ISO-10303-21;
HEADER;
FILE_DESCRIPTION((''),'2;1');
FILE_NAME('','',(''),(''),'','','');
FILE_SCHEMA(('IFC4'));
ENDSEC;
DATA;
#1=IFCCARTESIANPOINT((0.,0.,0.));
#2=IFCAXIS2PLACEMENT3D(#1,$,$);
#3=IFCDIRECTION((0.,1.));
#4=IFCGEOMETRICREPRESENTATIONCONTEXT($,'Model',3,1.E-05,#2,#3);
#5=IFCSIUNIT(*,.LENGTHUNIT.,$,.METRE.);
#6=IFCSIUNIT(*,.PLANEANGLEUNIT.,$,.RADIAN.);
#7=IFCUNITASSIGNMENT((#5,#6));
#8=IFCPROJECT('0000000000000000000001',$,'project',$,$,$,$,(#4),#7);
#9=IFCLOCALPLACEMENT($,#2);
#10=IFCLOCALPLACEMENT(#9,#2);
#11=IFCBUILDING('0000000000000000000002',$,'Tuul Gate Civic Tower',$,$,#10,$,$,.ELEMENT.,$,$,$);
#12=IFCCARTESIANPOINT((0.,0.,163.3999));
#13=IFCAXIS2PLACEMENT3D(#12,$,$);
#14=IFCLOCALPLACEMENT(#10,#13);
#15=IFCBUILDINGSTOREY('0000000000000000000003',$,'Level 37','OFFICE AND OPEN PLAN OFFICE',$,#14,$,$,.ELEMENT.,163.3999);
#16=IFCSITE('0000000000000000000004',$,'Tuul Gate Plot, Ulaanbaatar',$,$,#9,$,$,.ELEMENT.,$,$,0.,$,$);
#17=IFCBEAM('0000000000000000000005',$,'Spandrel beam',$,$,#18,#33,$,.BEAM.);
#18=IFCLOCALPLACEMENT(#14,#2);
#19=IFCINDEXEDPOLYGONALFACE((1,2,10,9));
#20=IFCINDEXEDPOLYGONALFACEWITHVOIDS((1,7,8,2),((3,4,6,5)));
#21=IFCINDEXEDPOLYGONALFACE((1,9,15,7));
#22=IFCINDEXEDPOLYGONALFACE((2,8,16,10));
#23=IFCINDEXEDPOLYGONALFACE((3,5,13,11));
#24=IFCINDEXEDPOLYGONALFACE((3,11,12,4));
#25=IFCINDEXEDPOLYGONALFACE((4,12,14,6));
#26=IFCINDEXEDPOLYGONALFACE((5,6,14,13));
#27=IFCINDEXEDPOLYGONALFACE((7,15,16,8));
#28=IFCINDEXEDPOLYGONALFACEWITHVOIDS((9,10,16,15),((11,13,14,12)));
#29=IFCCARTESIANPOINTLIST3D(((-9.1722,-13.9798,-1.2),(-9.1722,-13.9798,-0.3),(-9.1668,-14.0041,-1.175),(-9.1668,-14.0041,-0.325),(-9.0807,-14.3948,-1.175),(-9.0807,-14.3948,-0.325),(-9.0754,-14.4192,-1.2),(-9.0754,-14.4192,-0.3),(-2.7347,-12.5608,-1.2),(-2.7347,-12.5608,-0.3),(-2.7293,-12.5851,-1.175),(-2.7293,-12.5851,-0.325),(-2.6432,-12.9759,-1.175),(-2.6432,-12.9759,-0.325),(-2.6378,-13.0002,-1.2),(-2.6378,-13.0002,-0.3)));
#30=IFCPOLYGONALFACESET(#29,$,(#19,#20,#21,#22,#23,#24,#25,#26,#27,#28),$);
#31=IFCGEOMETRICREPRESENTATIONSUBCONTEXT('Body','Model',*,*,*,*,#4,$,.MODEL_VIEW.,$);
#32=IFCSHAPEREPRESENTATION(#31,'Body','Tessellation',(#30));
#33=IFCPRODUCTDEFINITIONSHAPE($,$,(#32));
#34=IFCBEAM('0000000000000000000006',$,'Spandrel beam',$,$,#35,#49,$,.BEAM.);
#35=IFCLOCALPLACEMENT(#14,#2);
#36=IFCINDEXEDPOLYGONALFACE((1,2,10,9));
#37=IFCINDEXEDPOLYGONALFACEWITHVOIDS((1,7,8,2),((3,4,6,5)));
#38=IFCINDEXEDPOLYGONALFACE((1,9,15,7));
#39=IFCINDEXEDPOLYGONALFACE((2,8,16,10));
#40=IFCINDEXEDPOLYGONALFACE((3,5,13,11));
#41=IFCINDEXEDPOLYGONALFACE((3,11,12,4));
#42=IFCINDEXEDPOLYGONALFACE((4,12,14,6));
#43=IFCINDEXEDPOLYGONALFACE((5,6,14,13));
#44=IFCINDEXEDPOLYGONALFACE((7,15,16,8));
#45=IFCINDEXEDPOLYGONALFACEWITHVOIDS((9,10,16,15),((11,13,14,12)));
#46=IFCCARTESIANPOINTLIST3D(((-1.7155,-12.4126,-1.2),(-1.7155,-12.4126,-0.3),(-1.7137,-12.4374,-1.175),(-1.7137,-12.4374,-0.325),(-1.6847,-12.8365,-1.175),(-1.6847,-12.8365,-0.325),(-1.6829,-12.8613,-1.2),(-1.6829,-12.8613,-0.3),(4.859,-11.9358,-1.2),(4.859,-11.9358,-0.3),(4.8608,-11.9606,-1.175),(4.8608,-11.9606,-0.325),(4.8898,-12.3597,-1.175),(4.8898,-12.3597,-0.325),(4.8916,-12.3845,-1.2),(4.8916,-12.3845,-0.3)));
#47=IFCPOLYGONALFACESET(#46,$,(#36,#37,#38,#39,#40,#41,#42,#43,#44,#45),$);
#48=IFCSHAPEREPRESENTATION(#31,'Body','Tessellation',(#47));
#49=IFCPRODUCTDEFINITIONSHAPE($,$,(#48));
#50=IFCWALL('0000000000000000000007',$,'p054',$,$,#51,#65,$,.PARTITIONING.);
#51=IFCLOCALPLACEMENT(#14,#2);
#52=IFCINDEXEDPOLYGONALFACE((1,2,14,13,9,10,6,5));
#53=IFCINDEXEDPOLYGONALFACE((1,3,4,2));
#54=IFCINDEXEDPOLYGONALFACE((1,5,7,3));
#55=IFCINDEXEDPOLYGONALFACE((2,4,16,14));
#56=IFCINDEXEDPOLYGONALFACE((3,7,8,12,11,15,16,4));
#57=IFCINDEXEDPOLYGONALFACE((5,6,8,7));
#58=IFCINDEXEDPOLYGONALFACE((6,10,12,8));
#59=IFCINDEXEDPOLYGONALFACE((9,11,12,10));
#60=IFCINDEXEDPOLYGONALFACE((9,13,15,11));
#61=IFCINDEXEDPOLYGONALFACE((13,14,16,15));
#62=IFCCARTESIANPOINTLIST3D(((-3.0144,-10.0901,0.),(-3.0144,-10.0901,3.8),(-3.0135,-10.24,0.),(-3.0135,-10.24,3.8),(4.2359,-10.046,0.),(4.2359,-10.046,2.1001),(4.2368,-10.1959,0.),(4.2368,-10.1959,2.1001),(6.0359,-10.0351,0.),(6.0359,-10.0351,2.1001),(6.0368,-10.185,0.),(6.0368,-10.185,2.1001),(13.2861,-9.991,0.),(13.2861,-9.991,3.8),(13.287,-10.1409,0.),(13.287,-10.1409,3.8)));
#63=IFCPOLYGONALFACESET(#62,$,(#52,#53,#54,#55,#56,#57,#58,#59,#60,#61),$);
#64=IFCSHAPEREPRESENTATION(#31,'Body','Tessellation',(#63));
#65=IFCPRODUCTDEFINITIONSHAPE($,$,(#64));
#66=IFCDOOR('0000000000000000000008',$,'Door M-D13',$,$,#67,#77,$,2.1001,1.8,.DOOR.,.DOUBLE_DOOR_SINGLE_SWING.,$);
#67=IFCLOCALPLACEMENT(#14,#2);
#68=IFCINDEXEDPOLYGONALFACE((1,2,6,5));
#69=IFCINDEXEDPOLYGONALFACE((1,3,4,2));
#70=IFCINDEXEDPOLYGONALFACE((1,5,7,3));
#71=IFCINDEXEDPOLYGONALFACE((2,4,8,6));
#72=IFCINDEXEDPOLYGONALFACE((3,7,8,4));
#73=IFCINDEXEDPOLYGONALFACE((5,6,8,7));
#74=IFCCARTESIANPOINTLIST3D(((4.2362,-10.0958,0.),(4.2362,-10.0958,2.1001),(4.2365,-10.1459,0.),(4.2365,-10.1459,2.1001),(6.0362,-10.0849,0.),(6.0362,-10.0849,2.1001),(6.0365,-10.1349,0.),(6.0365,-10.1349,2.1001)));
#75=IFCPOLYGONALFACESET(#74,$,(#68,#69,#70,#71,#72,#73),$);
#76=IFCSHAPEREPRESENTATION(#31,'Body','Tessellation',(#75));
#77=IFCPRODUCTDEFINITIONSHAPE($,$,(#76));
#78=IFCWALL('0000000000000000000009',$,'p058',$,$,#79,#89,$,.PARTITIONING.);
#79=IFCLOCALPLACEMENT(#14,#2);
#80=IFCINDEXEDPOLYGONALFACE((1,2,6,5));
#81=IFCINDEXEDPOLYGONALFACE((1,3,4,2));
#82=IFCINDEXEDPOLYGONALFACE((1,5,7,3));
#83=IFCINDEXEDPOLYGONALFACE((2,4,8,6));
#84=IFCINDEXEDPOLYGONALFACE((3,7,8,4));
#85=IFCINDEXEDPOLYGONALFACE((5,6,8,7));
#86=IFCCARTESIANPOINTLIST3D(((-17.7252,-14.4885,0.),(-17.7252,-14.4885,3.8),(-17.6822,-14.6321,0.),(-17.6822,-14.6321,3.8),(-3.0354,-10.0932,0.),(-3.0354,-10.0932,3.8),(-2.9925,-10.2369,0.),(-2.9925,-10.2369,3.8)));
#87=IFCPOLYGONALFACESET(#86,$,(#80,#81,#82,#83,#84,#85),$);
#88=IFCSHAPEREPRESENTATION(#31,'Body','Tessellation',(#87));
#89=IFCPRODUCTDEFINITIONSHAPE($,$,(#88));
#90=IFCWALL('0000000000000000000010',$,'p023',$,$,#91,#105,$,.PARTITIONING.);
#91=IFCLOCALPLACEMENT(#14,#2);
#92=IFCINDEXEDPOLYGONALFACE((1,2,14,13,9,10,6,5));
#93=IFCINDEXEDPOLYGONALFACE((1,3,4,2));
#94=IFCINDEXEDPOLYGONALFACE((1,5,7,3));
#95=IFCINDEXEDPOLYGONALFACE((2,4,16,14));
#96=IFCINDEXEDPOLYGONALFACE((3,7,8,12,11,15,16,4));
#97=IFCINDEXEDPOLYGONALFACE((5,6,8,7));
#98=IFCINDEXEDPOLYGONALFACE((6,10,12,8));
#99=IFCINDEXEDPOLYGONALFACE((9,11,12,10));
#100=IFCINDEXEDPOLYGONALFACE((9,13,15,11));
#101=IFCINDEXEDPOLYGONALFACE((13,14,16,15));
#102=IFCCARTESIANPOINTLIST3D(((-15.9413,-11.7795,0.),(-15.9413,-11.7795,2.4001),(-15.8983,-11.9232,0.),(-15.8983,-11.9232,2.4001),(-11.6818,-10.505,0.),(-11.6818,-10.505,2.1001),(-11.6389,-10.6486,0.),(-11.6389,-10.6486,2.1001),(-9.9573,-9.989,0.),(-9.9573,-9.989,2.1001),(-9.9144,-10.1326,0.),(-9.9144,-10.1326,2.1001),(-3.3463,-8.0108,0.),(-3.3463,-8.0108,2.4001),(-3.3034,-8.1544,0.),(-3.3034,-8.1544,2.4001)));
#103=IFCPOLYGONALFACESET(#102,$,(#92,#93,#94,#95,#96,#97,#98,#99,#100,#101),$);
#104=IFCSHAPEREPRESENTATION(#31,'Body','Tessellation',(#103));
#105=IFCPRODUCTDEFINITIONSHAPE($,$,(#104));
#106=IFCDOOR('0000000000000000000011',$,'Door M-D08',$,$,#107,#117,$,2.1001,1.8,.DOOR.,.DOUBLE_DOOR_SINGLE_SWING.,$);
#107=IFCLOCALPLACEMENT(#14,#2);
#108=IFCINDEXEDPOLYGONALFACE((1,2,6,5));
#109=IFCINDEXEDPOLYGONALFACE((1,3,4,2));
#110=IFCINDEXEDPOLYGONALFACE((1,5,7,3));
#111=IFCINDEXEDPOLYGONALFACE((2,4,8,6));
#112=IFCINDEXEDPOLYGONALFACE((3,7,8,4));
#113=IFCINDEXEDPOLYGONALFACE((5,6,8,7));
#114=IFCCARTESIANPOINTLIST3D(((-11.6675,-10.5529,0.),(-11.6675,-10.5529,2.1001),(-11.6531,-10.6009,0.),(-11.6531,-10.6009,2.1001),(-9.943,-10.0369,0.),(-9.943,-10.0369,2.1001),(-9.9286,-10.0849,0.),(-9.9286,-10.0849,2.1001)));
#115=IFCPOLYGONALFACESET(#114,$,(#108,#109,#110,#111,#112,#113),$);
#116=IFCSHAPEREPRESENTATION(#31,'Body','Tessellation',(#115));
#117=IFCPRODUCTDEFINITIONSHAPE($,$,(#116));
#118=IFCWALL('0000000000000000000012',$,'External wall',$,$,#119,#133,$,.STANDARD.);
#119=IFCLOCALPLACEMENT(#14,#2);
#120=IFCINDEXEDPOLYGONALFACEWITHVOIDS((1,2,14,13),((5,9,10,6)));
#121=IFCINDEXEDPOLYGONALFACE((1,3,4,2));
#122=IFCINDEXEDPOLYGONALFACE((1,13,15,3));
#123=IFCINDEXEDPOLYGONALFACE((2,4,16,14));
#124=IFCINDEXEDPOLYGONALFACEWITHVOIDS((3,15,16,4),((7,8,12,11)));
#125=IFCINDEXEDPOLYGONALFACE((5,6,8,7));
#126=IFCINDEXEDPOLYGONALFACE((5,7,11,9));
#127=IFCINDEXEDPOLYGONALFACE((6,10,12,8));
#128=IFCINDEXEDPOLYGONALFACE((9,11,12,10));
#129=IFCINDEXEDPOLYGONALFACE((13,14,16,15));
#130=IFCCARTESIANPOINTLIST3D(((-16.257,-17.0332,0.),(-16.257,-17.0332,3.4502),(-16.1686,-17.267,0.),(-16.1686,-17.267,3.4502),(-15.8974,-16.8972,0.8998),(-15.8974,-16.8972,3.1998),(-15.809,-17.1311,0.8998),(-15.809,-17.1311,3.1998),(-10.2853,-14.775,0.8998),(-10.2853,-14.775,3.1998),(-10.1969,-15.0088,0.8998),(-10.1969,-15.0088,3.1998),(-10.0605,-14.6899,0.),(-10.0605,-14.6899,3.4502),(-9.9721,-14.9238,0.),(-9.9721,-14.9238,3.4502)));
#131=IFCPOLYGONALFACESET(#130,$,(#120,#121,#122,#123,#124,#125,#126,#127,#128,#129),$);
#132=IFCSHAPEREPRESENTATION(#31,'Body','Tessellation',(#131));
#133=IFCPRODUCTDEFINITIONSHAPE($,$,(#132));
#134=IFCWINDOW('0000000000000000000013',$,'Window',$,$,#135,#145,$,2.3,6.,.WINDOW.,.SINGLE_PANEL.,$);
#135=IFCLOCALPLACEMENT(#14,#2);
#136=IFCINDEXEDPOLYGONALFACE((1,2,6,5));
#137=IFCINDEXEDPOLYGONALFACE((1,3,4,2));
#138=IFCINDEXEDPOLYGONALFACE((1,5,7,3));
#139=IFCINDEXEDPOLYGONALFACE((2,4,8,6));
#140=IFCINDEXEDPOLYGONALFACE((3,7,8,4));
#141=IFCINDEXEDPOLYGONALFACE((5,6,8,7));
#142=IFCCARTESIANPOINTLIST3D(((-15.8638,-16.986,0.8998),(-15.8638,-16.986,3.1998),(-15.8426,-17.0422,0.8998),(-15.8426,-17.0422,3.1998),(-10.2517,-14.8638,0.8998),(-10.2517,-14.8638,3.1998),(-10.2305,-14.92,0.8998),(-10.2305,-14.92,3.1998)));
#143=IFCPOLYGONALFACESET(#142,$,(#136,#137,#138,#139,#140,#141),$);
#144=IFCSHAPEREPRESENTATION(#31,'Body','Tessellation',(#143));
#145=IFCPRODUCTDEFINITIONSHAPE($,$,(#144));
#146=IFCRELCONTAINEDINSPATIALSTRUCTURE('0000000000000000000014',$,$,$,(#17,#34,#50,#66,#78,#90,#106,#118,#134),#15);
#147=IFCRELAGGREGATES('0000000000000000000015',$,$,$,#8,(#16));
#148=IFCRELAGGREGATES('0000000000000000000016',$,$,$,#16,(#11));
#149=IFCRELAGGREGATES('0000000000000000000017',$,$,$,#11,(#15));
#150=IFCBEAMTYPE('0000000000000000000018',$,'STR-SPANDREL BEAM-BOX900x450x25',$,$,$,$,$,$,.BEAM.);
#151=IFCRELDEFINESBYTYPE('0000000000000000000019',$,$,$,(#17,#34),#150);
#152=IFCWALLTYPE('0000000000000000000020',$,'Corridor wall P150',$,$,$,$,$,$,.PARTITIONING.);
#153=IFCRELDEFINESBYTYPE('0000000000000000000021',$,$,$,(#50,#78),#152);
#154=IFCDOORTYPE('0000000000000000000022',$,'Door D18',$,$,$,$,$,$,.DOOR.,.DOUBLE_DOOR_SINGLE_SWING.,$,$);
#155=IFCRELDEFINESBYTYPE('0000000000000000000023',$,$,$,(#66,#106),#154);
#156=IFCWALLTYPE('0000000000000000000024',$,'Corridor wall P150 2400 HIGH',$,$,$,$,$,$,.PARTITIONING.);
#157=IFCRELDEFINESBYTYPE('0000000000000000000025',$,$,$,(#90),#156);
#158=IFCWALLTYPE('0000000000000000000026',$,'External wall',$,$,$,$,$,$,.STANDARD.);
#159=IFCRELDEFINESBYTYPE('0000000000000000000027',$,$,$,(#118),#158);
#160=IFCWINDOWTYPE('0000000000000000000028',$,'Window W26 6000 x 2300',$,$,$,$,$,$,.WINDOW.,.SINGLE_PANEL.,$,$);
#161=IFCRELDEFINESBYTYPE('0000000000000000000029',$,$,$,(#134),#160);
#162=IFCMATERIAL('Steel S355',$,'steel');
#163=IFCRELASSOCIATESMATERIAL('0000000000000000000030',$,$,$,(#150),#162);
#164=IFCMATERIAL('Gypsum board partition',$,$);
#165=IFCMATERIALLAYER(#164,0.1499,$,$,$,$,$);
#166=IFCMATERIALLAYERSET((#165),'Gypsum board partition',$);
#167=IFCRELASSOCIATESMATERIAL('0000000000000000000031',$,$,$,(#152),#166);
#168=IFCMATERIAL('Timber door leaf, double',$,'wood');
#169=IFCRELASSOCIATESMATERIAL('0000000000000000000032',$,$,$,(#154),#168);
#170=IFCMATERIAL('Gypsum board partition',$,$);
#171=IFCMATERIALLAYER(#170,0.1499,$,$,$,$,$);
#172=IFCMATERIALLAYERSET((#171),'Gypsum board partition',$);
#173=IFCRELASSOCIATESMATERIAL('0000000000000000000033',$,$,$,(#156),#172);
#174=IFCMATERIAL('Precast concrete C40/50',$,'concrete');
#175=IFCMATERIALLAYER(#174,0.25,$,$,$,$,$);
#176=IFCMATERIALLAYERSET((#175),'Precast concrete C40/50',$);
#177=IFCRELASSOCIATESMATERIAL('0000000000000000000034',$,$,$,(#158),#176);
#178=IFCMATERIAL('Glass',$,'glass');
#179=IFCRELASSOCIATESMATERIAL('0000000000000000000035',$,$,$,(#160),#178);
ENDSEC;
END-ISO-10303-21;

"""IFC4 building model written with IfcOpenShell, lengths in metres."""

from ifc_helpers import new_model, si_unit, direction, frame, frame_2d, origin, origin_2d, place, context, subcontext, project, spatial, rectangle, hollow_rectangle, extrude, material, layer, layer_set, material_profile, profile_set, type_object, element, fill, save


model = new_model("IFC4")

# Units and contexts
model_context = context("Model", 3, precision=1e-05, world=origin(), true_north=direction((0.0, 1.0)))
body_context = subcontext(model_context, "Body", "Model", "MODEL_VIEW")
ifc_project = project(units=[si_unit("LENGTHUNIT", "METRE"), si_unit("PLANEANGLEUNIT", "RADIAN")], contexts=[model_context])

# Site, building, storey
site_placement = place(None, origin())
site = spatial("IfcSite", under=ifc_project, at=site_placement, Name="Tuul Gate Plot, Ulaanbaatar", CompositionType="ELEMENT", RefElevation=0.0)
building_placement = place(site_placement, origin())
building = spatial("IfcBuilding", under=site, at=building_placement, Name="Tuul Gate Civic Tower", CompositionType="ELEMENT")
storey_placement = place(building_placement, frame((0.0, 0.0, 163.3999)))
storey = spatial("IfcBuildingStorey", under=building, at=storey_placement, Name="Level 37", Description="OFFICE AND OPEN PLAN OFFICE", CompositionType="ELEMENT", Elevation=163.3999)

# Beams
ifc_material_1 = material(Name="Steel S355", Category="steel")
ifc_material_profile_1 = material_profile(ifc_material_1, hollow_rectangle(XDim=0.45, YDim=0.8999, WallThickness=0.0249, at=origin_2d()), Name="BOX900x450x25")
ifc_profile_set_1 = profile_set([ifc_material_profile_1], Name="Steel S355")
beam_type_1 = type_object("IfcBeamType", Name="STR-SPANDREL BEAM-BOX900x450x25", PredefinedType="BEAM", material=ifc_profile_set_1)
beam_1_placement = place(storey_placement, frame((-9.1238, -14.1995, -0.75), z_axis=(0.976559, 0.215252, 0.0), x_axis=(-0.215252, 0.976559, 0.0)))
element("IfcBeam", 1, at=beam_1_placement, inside=storey, type_object=beam_type_1, Name="Spandrel beam", PredefinedType="BEAM", context=body_context, shape_type="SweptSolid", body=[
    extrude(hollow_rectangle(XDim=0.45, YDim=0.8999, WallThickness=0.0249, at=origin_2d()), origin(), (0.0, 0.0, 1.0), 6.592),
])
beam_2_placement = place(storey_placement, frame((-1.6992, -12.637, -0.75), z_axis=(0.99738, 0.072334, 0.0), x_axis=(-0.072334, 0.99738, 0.0)))
element("IfcBeam", 2, at=beam_2_placement, inside=storey, type_object=beam_type_1, Name="Spandrel beam", PredefinedType="BEAM", context=body_context, shape_type="SweptSolid", body=[
    extrude(hollow_rectangle(XDim=0.45, YDim=0.8999, WallThickness=0.0249, at=origin_2d()), origin(), (0.0, 0.0, 1.0), 6.5918),
])

# Wall, opening, door
ifc_material_2 = material(Name="Gypsum board partition")
ifc_layer_1 = layer(ifc_material_2, 0.1499)
ifc_layer_set_1 = layer_set([ifc_layer_1], Name="Gypsum board partition")
wall_type_1 = type_object("IfcWallType", Name="Corridor wall P150", PredefinedType="PARTITIONING", material=ifc_layer_set_1)
wall_1_placement = place(storey_placement, frame((-3.0139, -10.165, 0.0), z_axis=(0.0, 0.0, 1.0), x_axis=(0.999982, 0.006081, 0.0)))
wall_1 = element("IfcWall", 3, at=wall_1_placement, inside=storey, type_object=wall_type_1, Name="p054", PredefinedType="PARTITIONING", context=body_context, shape_type="SweptSolid", body=[
    extrude(rectangle(XDim=16.3008, YDim=0.1499, at=frame_2d((8.1504, 0.0))), origin(), (0.0, 0.0, 1.0), 3.8),
])
opening_1_placement = place(wall_1_placement, frame((7.2505, 0.0, 0.0)))
opening_1 = element("IfcOpeningElement", 4, at=opening_1_placement, cuts=wall_1, PredefinedType="OPENING", context=body_context, shape_type="SweptSolid", body=[
    extrude(rectangle(XDim=1.8, YDim=2.1001, at=frame_2d((0.8999, 1.05))), frame((0.0, 0.085, 0.0), z_axis=(0.0, -1.0, 0.0), x_axis=(1.0, 0.0, 0.0)), (0.0, 0.0, 1.0), 0.1699),
])
ifc_material_3 = material(Name="Timber door leaf, double", Category="wood")
door_type = type_object("IfcDoorType", Name="Door D18", OperationType="DOUBLE_DOOR_SINGLE_SWING", PredefinedType="DOOR", material=ifc_material_3)
door_1_placement = place(opening_1_placement, frame((1.8, 0.0, 0.0), z_axis=(0.0, 0.0, 1.0), x_axis=(-1.0, 0.0, 0.0)))
door_1 = element("IfcDoor", 5, at=door_1_placement, inside=storey, type_object=door_type, Name="Door M-D13", OperationType="DOUBLE_DOOR_SINGLE_SWING", OverallHeight=2.1001, OverallWidth=1.8, PredefinedType="DOOR", context=body_context, shape_type="SweptSolid", body=[
    extrude(rectangle(XDim=1.8, YDim=2.1001, at=frame_2d((0.9001, 1.05))), frame((0.0, 0.0249, 0.0), z_axis=(0.0, -1.0, 0.0), x_axis=(1.0, 0.0, 0.0)), (0.0, 0.0, 1.0), 0.05),
])
fill(opening_1, door_1)

# Wall
wall_2_placement = place(storey_placement, frame((-17.7036, -14.5603, 0.0), z_axis=(0.0, 0.0, 1.0), x_axis=(0.958035, 0.286651, 0.0)))
element("IfcWall", 6, at=wall_2_placement, inside=storey, type_object=wall_type_1, Name="p058", PredefinedType="PARTITIONING", context=body_context, shape_type="SweptSolid", body=[
    extrude(rectangle(XDim=15.3333, YDim=0.1499, at=frame_2d((7.6665, 0.0))), origin(), (0.0, 0.0, 1.0), 3.8),
])

# Wall, opening, door
ifc_material_4 = material(Name="Gypsum board partition")
ifc_layer_2 = layer(ifc_material_4, 0.1499)
ifc_layer_set_2 = layer_set([ifc_layer_2], Name="Gypsum board partition")
wall_type_2 = type_object("IfcWallType", Name="Corridor wall P150 2400 HIGH", PredefinedType="PARTITIONING", material=ifc_layer_set_2)
wall_3_placement = place(storey_placement, frame((-15.9197, -11.8513, 0.0), z_axis=(0.0, 0.0, 1.0), x_axis=(0.958029, 0.286671, 0.0)))
wall_3 = element("IfcWall", 7, at=wall_3_placement, inside=storey, type_object=wall_type_2, Name="p023", PredefinedType="PARTITIONING", context=body_context, shape_type="SweptSolid", body=[
    extrude(rectangle(XDim=13.1467, YDim=0.1499, at=frame_2d((6.5732, 0.0))), origin(), (0.0, 0.0, 1.0), 2.4001),
])
opening_2_placement = place(wall_3_placement, frame((4.446, 0.0, 0.0)))
opening_2 = element("IfcOpeningElement", 8, at=opening_2_placement, cuts=wall_3, PredefinedType="OPENING", context=body_context, shape_type="SweptSolid", body=[
    extrude(rectangle(XDim=1.8, YDim=2.1001, at=frame_2d((0.8999, 1.05))), frame((0.0, 0.085, 0.0), z_axis=(0.0, -1.0, 0.0), x_axis=(1.0, 0.0, 0.0)), (0.0, 0.0, 1.0), 0.1699),
])
door_2_placement = place(opening_2_placement, origin())
door_2 = element("IfcDoor", 9, at=door_2_placement, inside=storey, type_object=door_type, Name="Door M-D08", OperationType="DOUBLE_DOOR_SINGLE_SWING", OverallHeight=2.1001, OverallWidth=1.8, PredefinedType="DOOR", context=body_context, shape_type="SweptSolid", body=[
    extrude(rectangle(XDim=1.8, YDim=2.1001, at=frame_2d((0.8999, 1.05))), frame((0.0, 0.0249, 0.0), z_axis=(0.0, -1.0, 0.0), x_axis=(1.0, 0.0, 0.0)), (0.0, 0.0, 1.0), 0.05),
])
fill(opening_2, door_2)

# Wall, opening, window
ifc_material_5 = material(Name="Precast concrete C40/50", Category="concrete")
ifc_layer_3 = layer(ifc_material_5, 0.25)
ifc_layer_set_3 = layer_set([ifc_layer_3], Name="Precast concrete C40/50")
wall_type_3 = type_object("IfcWallType", Name="External wall", PredefinedType="STANDARD", material=ifc_layer_set_3)
wall_4_placement = place(storey_placement, frame((-16.2129, -17.1501, 0.0), z_axis=(0.0, 0.0, 1.0), x_axis=(0.935355, 0.353711, 0.0)))
wall_4 = element("IfcWall", 10, at=wall_4_placement, inside=storey, type_object=wall_type_3, Name="External wall", PredefinedType="STANDARD", context=body_context, shape_type="SweptSolid", body=[
    extrude(rectangle(XDim=6.6248, YDim=0.25, at=frame_2d((3.3125, 0.0))), origin(), (0.0, 0.0, 1.0), 3.4502),
])
opening_3_placement = place(wall_4_placement, frame((0.3845, 0.0, 0.8999)))
opening_3 = element("IfcOpeningElement", 11, at=opening_3_placement, cuts=wall_4, PredefinedType="OPENING", context=body_context, shape_type="SweptSolid", body=[
    extrude(rectangle(XDim=6.0, YDim=2.3, at=frame_2d((3.0, 1.1499))), frame((0.0, 0.135, 0.0), z_axis=(0.0, -1.0, 0.0), x_axis=(1.0, 0.0, 0.0)), (0.0, 0.0, 1.0), 0.27),
])
ifc_material_6 = material(Name="Glass", Category="glass")
window_type = type_object("IfcWindowType", Name="Window W26 6000 x 2300", PartitioningType="SINGLE_PANEL", PredefinedType="WINDOW", material=ifc_material_6)
window_1_placement = place(opening_3_placement, origin())
window_1 = element("IfcWindow", 12, at=window_1_placement, inside=storey, type_object=window_type, Name="Window", OverallHeight=2.3, OverallWidth=6.0, PartitioningType="SINGLE_PANEL", PredefinedType="WINDOW", context=body_context, shape_type="SweptSolid", body=[
    extrude(rectangle(XDim=6.0, YDim=2.3, at=frame_2d((3.0, 1.1499))), frame((0.0, 0.03, 0.0), z_axis=(0.0, -1.0, 0.0), x_axis=(1.0, 0.0, 0.0)), (0.0, 0.0, 1.0), 0.0601),
])
fill(opening_3, window_1)

save(model, "model.ifc")
